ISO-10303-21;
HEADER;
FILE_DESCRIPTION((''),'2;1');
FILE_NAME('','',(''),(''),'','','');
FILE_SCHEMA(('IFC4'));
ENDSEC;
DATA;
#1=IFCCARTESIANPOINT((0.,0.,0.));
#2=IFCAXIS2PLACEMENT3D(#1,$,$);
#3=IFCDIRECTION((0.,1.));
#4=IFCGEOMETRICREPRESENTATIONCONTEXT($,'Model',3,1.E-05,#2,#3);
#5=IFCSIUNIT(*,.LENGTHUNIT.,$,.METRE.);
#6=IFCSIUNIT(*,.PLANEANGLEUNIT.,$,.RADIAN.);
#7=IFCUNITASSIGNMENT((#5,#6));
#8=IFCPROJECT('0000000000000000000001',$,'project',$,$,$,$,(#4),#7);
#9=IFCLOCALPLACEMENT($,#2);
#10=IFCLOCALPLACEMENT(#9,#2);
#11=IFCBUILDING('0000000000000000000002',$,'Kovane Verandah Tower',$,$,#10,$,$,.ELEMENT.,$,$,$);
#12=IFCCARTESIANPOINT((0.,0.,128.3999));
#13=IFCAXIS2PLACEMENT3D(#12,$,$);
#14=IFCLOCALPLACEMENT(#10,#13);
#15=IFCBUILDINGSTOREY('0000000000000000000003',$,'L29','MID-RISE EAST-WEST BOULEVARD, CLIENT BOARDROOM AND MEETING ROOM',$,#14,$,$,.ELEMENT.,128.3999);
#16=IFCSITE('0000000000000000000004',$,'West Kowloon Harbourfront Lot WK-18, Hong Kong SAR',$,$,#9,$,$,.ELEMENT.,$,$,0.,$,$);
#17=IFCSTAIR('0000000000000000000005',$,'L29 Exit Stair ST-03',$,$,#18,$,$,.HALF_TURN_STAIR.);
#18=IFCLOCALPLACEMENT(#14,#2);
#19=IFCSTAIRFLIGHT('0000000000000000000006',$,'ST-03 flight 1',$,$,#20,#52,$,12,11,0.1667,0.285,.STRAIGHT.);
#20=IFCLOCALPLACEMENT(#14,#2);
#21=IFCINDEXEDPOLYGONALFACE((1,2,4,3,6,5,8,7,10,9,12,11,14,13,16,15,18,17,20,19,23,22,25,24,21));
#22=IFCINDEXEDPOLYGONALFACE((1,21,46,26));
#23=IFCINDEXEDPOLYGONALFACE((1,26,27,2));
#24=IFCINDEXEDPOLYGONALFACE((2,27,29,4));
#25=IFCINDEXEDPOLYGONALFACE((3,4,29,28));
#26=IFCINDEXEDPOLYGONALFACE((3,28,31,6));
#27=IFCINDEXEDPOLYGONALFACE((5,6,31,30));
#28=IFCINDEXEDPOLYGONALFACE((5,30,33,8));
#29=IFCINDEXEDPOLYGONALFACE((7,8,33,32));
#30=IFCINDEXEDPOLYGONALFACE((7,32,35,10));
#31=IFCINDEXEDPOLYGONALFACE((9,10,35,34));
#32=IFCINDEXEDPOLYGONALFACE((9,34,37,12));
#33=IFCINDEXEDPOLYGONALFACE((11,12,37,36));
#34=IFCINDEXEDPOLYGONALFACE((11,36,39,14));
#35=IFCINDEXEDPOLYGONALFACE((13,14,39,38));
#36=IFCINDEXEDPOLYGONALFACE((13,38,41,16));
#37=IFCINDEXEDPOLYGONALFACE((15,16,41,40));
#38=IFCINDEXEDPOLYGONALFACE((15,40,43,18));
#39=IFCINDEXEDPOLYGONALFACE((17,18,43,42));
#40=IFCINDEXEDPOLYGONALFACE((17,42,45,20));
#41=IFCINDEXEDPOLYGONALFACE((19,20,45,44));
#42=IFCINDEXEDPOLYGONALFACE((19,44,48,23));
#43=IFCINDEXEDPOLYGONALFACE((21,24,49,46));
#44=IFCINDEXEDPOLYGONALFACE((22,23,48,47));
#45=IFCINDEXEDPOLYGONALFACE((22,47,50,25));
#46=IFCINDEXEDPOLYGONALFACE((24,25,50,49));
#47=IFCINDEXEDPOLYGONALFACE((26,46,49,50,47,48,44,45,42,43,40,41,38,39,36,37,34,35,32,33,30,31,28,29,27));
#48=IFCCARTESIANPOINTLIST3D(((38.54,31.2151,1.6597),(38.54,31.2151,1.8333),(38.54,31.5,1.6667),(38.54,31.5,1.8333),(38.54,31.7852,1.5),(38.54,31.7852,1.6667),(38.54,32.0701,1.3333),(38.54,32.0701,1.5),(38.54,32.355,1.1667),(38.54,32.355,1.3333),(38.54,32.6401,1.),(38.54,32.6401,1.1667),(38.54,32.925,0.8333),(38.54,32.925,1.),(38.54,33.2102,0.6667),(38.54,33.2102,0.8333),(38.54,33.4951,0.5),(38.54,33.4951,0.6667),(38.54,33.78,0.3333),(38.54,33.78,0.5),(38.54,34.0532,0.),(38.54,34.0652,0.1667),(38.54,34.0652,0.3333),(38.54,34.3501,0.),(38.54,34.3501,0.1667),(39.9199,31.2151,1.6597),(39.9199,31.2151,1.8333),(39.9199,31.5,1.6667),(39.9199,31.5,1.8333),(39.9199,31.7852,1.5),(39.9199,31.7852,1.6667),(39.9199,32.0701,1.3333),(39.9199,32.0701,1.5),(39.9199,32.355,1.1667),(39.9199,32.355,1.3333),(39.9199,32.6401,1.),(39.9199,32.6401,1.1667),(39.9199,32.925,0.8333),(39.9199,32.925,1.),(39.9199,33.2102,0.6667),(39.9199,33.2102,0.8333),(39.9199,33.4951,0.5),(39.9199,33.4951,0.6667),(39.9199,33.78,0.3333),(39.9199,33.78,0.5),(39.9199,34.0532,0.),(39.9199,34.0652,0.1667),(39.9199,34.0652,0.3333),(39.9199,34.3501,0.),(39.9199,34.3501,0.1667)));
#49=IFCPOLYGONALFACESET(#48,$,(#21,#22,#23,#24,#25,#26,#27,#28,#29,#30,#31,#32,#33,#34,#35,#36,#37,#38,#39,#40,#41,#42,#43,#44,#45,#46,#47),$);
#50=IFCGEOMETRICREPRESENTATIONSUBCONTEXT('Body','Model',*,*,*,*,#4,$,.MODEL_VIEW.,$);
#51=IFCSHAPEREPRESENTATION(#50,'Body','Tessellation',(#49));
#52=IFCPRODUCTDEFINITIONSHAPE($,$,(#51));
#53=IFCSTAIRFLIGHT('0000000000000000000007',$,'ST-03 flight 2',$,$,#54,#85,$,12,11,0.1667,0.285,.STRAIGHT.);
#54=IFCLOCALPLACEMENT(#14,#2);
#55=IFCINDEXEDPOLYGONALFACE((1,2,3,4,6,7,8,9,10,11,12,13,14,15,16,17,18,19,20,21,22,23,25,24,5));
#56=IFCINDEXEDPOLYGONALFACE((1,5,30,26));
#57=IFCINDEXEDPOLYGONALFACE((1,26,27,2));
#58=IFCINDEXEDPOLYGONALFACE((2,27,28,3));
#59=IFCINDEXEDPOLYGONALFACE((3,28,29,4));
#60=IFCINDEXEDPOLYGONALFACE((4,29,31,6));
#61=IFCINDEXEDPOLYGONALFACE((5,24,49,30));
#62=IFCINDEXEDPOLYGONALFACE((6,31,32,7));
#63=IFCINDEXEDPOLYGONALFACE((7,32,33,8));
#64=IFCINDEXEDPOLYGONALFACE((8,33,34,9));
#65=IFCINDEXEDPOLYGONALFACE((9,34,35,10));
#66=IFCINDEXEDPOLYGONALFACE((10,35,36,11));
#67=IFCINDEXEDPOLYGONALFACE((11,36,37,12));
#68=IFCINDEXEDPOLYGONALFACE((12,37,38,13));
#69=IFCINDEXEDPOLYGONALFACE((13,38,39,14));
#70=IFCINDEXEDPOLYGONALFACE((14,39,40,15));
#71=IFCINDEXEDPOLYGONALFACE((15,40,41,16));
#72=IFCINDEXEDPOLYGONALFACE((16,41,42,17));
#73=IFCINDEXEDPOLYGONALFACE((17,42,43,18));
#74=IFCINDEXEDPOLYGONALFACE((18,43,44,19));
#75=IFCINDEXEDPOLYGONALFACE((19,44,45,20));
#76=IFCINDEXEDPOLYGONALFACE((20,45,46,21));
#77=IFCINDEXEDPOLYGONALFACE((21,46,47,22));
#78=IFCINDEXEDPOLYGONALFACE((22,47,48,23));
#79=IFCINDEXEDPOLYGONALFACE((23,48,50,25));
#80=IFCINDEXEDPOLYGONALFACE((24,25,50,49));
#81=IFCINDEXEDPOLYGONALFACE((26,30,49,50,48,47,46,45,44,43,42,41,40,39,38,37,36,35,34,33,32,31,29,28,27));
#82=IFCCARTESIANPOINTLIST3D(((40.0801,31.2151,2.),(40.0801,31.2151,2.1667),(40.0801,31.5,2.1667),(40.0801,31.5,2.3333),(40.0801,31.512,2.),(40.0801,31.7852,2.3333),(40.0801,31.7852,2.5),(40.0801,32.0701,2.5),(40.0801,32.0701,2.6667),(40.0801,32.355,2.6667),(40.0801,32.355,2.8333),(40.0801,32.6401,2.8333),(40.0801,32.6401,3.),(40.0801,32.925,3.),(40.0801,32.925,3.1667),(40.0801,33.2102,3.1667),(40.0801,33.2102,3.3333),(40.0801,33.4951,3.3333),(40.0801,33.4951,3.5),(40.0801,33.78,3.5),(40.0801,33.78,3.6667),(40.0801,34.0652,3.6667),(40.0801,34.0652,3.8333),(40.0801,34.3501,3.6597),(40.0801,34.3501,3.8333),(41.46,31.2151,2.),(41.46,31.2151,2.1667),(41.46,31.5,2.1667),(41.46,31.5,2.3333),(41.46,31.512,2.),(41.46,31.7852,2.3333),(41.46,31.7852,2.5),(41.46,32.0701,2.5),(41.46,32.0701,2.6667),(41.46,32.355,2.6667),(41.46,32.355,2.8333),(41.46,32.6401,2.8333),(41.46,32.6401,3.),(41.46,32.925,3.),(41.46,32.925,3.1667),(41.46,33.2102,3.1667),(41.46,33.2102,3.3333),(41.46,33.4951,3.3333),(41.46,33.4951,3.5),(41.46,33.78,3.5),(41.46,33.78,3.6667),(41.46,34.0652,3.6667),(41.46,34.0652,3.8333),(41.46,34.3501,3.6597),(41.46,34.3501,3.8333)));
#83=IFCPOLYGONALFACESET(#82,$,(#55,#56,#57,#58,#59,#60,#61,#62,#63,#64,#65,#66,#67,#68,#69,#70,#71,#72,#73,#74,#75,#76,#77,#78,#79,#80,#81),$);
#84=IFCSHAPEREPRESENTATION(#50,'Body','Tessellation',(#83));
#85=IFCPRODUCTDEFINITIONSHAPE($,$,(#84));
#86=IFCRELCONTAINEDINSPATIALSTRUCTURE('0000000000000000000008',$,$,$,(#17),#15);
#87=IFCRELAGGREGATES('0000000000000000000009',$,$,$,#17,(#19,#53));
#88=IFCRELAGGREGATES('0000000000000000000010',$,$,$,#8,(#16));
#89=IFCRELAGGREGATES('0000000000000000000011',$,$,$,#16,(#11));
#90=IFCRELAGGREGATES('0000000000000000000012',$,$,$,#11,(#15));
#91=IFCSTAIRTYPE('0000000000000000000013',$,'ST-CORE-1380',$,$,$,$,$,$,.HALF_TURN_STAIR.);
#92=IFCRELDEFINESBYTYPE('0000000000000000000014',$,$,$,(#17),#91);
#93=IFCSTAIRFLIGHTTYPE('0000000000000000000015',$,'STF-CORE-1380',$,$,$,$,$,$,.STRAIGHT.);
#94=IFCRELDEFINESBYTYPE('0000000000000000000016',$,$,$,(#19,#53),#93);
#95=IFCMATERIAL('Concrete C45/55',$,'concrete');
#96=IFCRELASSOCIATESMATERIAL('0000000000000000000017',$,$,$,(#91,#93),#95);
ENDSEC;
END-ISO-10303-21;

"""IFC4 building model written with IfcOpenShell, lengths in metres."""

from ifc_helpers import new_model, si_unit, direction, frame, origin, place, context, subcontext, project, spatial, polyline, outline, extrude, material, type_object, element, aggregate, save


model = new_model("IFC4")

# Units and contexts
model_context = context("Model", 3, precision=1e-05, world=origin(), true_north=direction((0.0, 1.0)))
body_context = subcontext(model_context, "Body", "Model", "MODEL_VIEW")
ifc_project = project(units=[si_unit("LENGTHUNIT", "METRE"), si_unit("PLANEANGLEUNIT", "RADIAN")], contexts=[model_context])

# Site, building, storey
site_placement = place(None, origin())
site = spatial("IfcSite", under=ifc_project, at=site_placement, Name="West Kowloon Harbourfront Lot WK-18, Hong Kong SAR", CompositionType="ELEMENT", RefElevation=0.0)
building_placement = place(site_placement, origin())
building = spatial("IfcBuilding", under=site, at=building_placement, Name="Kovane Verandah Tower", CompositionType="ELEMENT")
storey_placement = place(building_placement, frame((0.0, 0.0, 128.3999)))
storey = spatial("IfcBuildingStorey", under=building, at=storey_placement, Name="L29", Description="MID-RISE EAST-WEST BOULEVARD, CLIENT BOARDROOM AND MEETING ROOM", CompositionType="ELEMENT", Elevation=128.3999)

# Stair, stair flights
ifc_material_1 = material(Name="Concrete C45/55", Category="concrete")
stair_type = type_object("IfcStairType", Name="ST-CORE-1380", PredefinedType="HALF_TURN_STAIR", material=ifc_material_1)
stair_placement = place(storey_placement, origin())
stair = element("IfcStair", 1, at=stair_placement, inside=storey, type_object=stair_type, Name="L29 Exit Stair ST-03", PredefinedType="HALF_TURN_STAIR")
stair_flight_type = type_object("IfcStairFlightType", Name="STF-CORE-1380", PredefinedType="STRAIGHT", material=ifc_material_1)
stair_flight_1_placement = place(storey_placement, frame((39.23, 34.3501, 0.0), z_axis=(0.0, 0.0, 1.0), x_axis=(0.0, -1.0, 0.0)))
stair_flight_1 = element("IfcStairFlight", 2, at=stair_flight_1_placement, type_object=stair_flight_type, Name="ST-03 flight 1", NumberOfRisers=12, NumberOfTreads=11, PredefinedType="STRAIGHT", RiserHeight=0.1667, TreadLength=0.285, context=body_context, shape_type="SweptSolid", body=[
    extrude(outline(polyline([(0.0, 0.0), (0.0, 0.1667), (0.2849, 0.1667), (0.2849, 0.3333), (0.5701, 0.3333), (0.5701, 0.5), (0.855, 0.5), (0.855, 0.6667), (1.1399, 0.6667), (1.1399, 0.8333), (1.425, 0.8333), (1.425, 1.0), (1.71, 1.0), (1.71, 1.1667), (1.9951, 1.1667), (1.9951, 1.3333), (2.28, 1.3333), (2.28, 1.5), (2.5649, 1.5), (2.5649, 1.6667), (2.8501, 1.6667), (2.8501, 1.8333), (3.135, 1.8333), (3.135, 2.0), (3.135, 1.6597), (0.2969, 0.0), (0.0, 0.0)])), frame((0.0, 0.6899, 0.0), z_axis=(0.0, -1.0, 0.0), x_axis=(1.0, 0.0, 0.0)), (0.0, 0.0, 1.0), 1.3799),
])
stair_flight_2_placement = place(storey_placement, frame((40.77, 31.2151, 2.0), z_axis=(0.0, 0.0, 1.0), x_axis=(0.0, 1.0, 0.0)))
stair_flight_2 = element("IfcStairFlight", 3, at=stair_flight_2_placement, type_object=stair_flight_type, Name="ST-03 flight 2", NumberOfRisers=12, NumberOfTreads=11, PredefinedType="STRAIGHT", RiserHeight=0.1667, TreadLength=0.285, context=body_context, shape_type="SweptSolid", body=[
    extrude(outline(polyline([(0.0, 0.0), (0.0, 0.1667), (0.2849, 0.1667), (0.2849, 0.3333), (0.5701, 0.3333), (0.5701, 0.5), (0.855, 0.5), (0.855, 0.6667), (1.1399, 0.6667), (1.1399, 0.8333), (1.425, 0.8333), (1.425, 1.0), (1.71, 1.0), (1.71, 1.1667), (1.9951, 1.1667), (1.9951, 1.3333), (2.28, 1.3333), (2.28, 1.5), (2.5649, 1.5), (2.5649, 1.6667), (2.8501, 1.6667), (2.8501, 1.8333), (3.135, 1.8333), (3.135, 2.0), (3.135, 1.6597), (0.2969, 0.0), (0.0, 0.0)])), frame((0.0, 0.6899, 0.0), z_axis=(0.0, -1.0, 0.0), x_axis=(1.0, 0.0, 0.0)), (0.0, 0.0, 1.0), 1.3799),
])
aggregate(stair, [stair_flight_1, stair_flight_2])

save(model, "model.ifc")
